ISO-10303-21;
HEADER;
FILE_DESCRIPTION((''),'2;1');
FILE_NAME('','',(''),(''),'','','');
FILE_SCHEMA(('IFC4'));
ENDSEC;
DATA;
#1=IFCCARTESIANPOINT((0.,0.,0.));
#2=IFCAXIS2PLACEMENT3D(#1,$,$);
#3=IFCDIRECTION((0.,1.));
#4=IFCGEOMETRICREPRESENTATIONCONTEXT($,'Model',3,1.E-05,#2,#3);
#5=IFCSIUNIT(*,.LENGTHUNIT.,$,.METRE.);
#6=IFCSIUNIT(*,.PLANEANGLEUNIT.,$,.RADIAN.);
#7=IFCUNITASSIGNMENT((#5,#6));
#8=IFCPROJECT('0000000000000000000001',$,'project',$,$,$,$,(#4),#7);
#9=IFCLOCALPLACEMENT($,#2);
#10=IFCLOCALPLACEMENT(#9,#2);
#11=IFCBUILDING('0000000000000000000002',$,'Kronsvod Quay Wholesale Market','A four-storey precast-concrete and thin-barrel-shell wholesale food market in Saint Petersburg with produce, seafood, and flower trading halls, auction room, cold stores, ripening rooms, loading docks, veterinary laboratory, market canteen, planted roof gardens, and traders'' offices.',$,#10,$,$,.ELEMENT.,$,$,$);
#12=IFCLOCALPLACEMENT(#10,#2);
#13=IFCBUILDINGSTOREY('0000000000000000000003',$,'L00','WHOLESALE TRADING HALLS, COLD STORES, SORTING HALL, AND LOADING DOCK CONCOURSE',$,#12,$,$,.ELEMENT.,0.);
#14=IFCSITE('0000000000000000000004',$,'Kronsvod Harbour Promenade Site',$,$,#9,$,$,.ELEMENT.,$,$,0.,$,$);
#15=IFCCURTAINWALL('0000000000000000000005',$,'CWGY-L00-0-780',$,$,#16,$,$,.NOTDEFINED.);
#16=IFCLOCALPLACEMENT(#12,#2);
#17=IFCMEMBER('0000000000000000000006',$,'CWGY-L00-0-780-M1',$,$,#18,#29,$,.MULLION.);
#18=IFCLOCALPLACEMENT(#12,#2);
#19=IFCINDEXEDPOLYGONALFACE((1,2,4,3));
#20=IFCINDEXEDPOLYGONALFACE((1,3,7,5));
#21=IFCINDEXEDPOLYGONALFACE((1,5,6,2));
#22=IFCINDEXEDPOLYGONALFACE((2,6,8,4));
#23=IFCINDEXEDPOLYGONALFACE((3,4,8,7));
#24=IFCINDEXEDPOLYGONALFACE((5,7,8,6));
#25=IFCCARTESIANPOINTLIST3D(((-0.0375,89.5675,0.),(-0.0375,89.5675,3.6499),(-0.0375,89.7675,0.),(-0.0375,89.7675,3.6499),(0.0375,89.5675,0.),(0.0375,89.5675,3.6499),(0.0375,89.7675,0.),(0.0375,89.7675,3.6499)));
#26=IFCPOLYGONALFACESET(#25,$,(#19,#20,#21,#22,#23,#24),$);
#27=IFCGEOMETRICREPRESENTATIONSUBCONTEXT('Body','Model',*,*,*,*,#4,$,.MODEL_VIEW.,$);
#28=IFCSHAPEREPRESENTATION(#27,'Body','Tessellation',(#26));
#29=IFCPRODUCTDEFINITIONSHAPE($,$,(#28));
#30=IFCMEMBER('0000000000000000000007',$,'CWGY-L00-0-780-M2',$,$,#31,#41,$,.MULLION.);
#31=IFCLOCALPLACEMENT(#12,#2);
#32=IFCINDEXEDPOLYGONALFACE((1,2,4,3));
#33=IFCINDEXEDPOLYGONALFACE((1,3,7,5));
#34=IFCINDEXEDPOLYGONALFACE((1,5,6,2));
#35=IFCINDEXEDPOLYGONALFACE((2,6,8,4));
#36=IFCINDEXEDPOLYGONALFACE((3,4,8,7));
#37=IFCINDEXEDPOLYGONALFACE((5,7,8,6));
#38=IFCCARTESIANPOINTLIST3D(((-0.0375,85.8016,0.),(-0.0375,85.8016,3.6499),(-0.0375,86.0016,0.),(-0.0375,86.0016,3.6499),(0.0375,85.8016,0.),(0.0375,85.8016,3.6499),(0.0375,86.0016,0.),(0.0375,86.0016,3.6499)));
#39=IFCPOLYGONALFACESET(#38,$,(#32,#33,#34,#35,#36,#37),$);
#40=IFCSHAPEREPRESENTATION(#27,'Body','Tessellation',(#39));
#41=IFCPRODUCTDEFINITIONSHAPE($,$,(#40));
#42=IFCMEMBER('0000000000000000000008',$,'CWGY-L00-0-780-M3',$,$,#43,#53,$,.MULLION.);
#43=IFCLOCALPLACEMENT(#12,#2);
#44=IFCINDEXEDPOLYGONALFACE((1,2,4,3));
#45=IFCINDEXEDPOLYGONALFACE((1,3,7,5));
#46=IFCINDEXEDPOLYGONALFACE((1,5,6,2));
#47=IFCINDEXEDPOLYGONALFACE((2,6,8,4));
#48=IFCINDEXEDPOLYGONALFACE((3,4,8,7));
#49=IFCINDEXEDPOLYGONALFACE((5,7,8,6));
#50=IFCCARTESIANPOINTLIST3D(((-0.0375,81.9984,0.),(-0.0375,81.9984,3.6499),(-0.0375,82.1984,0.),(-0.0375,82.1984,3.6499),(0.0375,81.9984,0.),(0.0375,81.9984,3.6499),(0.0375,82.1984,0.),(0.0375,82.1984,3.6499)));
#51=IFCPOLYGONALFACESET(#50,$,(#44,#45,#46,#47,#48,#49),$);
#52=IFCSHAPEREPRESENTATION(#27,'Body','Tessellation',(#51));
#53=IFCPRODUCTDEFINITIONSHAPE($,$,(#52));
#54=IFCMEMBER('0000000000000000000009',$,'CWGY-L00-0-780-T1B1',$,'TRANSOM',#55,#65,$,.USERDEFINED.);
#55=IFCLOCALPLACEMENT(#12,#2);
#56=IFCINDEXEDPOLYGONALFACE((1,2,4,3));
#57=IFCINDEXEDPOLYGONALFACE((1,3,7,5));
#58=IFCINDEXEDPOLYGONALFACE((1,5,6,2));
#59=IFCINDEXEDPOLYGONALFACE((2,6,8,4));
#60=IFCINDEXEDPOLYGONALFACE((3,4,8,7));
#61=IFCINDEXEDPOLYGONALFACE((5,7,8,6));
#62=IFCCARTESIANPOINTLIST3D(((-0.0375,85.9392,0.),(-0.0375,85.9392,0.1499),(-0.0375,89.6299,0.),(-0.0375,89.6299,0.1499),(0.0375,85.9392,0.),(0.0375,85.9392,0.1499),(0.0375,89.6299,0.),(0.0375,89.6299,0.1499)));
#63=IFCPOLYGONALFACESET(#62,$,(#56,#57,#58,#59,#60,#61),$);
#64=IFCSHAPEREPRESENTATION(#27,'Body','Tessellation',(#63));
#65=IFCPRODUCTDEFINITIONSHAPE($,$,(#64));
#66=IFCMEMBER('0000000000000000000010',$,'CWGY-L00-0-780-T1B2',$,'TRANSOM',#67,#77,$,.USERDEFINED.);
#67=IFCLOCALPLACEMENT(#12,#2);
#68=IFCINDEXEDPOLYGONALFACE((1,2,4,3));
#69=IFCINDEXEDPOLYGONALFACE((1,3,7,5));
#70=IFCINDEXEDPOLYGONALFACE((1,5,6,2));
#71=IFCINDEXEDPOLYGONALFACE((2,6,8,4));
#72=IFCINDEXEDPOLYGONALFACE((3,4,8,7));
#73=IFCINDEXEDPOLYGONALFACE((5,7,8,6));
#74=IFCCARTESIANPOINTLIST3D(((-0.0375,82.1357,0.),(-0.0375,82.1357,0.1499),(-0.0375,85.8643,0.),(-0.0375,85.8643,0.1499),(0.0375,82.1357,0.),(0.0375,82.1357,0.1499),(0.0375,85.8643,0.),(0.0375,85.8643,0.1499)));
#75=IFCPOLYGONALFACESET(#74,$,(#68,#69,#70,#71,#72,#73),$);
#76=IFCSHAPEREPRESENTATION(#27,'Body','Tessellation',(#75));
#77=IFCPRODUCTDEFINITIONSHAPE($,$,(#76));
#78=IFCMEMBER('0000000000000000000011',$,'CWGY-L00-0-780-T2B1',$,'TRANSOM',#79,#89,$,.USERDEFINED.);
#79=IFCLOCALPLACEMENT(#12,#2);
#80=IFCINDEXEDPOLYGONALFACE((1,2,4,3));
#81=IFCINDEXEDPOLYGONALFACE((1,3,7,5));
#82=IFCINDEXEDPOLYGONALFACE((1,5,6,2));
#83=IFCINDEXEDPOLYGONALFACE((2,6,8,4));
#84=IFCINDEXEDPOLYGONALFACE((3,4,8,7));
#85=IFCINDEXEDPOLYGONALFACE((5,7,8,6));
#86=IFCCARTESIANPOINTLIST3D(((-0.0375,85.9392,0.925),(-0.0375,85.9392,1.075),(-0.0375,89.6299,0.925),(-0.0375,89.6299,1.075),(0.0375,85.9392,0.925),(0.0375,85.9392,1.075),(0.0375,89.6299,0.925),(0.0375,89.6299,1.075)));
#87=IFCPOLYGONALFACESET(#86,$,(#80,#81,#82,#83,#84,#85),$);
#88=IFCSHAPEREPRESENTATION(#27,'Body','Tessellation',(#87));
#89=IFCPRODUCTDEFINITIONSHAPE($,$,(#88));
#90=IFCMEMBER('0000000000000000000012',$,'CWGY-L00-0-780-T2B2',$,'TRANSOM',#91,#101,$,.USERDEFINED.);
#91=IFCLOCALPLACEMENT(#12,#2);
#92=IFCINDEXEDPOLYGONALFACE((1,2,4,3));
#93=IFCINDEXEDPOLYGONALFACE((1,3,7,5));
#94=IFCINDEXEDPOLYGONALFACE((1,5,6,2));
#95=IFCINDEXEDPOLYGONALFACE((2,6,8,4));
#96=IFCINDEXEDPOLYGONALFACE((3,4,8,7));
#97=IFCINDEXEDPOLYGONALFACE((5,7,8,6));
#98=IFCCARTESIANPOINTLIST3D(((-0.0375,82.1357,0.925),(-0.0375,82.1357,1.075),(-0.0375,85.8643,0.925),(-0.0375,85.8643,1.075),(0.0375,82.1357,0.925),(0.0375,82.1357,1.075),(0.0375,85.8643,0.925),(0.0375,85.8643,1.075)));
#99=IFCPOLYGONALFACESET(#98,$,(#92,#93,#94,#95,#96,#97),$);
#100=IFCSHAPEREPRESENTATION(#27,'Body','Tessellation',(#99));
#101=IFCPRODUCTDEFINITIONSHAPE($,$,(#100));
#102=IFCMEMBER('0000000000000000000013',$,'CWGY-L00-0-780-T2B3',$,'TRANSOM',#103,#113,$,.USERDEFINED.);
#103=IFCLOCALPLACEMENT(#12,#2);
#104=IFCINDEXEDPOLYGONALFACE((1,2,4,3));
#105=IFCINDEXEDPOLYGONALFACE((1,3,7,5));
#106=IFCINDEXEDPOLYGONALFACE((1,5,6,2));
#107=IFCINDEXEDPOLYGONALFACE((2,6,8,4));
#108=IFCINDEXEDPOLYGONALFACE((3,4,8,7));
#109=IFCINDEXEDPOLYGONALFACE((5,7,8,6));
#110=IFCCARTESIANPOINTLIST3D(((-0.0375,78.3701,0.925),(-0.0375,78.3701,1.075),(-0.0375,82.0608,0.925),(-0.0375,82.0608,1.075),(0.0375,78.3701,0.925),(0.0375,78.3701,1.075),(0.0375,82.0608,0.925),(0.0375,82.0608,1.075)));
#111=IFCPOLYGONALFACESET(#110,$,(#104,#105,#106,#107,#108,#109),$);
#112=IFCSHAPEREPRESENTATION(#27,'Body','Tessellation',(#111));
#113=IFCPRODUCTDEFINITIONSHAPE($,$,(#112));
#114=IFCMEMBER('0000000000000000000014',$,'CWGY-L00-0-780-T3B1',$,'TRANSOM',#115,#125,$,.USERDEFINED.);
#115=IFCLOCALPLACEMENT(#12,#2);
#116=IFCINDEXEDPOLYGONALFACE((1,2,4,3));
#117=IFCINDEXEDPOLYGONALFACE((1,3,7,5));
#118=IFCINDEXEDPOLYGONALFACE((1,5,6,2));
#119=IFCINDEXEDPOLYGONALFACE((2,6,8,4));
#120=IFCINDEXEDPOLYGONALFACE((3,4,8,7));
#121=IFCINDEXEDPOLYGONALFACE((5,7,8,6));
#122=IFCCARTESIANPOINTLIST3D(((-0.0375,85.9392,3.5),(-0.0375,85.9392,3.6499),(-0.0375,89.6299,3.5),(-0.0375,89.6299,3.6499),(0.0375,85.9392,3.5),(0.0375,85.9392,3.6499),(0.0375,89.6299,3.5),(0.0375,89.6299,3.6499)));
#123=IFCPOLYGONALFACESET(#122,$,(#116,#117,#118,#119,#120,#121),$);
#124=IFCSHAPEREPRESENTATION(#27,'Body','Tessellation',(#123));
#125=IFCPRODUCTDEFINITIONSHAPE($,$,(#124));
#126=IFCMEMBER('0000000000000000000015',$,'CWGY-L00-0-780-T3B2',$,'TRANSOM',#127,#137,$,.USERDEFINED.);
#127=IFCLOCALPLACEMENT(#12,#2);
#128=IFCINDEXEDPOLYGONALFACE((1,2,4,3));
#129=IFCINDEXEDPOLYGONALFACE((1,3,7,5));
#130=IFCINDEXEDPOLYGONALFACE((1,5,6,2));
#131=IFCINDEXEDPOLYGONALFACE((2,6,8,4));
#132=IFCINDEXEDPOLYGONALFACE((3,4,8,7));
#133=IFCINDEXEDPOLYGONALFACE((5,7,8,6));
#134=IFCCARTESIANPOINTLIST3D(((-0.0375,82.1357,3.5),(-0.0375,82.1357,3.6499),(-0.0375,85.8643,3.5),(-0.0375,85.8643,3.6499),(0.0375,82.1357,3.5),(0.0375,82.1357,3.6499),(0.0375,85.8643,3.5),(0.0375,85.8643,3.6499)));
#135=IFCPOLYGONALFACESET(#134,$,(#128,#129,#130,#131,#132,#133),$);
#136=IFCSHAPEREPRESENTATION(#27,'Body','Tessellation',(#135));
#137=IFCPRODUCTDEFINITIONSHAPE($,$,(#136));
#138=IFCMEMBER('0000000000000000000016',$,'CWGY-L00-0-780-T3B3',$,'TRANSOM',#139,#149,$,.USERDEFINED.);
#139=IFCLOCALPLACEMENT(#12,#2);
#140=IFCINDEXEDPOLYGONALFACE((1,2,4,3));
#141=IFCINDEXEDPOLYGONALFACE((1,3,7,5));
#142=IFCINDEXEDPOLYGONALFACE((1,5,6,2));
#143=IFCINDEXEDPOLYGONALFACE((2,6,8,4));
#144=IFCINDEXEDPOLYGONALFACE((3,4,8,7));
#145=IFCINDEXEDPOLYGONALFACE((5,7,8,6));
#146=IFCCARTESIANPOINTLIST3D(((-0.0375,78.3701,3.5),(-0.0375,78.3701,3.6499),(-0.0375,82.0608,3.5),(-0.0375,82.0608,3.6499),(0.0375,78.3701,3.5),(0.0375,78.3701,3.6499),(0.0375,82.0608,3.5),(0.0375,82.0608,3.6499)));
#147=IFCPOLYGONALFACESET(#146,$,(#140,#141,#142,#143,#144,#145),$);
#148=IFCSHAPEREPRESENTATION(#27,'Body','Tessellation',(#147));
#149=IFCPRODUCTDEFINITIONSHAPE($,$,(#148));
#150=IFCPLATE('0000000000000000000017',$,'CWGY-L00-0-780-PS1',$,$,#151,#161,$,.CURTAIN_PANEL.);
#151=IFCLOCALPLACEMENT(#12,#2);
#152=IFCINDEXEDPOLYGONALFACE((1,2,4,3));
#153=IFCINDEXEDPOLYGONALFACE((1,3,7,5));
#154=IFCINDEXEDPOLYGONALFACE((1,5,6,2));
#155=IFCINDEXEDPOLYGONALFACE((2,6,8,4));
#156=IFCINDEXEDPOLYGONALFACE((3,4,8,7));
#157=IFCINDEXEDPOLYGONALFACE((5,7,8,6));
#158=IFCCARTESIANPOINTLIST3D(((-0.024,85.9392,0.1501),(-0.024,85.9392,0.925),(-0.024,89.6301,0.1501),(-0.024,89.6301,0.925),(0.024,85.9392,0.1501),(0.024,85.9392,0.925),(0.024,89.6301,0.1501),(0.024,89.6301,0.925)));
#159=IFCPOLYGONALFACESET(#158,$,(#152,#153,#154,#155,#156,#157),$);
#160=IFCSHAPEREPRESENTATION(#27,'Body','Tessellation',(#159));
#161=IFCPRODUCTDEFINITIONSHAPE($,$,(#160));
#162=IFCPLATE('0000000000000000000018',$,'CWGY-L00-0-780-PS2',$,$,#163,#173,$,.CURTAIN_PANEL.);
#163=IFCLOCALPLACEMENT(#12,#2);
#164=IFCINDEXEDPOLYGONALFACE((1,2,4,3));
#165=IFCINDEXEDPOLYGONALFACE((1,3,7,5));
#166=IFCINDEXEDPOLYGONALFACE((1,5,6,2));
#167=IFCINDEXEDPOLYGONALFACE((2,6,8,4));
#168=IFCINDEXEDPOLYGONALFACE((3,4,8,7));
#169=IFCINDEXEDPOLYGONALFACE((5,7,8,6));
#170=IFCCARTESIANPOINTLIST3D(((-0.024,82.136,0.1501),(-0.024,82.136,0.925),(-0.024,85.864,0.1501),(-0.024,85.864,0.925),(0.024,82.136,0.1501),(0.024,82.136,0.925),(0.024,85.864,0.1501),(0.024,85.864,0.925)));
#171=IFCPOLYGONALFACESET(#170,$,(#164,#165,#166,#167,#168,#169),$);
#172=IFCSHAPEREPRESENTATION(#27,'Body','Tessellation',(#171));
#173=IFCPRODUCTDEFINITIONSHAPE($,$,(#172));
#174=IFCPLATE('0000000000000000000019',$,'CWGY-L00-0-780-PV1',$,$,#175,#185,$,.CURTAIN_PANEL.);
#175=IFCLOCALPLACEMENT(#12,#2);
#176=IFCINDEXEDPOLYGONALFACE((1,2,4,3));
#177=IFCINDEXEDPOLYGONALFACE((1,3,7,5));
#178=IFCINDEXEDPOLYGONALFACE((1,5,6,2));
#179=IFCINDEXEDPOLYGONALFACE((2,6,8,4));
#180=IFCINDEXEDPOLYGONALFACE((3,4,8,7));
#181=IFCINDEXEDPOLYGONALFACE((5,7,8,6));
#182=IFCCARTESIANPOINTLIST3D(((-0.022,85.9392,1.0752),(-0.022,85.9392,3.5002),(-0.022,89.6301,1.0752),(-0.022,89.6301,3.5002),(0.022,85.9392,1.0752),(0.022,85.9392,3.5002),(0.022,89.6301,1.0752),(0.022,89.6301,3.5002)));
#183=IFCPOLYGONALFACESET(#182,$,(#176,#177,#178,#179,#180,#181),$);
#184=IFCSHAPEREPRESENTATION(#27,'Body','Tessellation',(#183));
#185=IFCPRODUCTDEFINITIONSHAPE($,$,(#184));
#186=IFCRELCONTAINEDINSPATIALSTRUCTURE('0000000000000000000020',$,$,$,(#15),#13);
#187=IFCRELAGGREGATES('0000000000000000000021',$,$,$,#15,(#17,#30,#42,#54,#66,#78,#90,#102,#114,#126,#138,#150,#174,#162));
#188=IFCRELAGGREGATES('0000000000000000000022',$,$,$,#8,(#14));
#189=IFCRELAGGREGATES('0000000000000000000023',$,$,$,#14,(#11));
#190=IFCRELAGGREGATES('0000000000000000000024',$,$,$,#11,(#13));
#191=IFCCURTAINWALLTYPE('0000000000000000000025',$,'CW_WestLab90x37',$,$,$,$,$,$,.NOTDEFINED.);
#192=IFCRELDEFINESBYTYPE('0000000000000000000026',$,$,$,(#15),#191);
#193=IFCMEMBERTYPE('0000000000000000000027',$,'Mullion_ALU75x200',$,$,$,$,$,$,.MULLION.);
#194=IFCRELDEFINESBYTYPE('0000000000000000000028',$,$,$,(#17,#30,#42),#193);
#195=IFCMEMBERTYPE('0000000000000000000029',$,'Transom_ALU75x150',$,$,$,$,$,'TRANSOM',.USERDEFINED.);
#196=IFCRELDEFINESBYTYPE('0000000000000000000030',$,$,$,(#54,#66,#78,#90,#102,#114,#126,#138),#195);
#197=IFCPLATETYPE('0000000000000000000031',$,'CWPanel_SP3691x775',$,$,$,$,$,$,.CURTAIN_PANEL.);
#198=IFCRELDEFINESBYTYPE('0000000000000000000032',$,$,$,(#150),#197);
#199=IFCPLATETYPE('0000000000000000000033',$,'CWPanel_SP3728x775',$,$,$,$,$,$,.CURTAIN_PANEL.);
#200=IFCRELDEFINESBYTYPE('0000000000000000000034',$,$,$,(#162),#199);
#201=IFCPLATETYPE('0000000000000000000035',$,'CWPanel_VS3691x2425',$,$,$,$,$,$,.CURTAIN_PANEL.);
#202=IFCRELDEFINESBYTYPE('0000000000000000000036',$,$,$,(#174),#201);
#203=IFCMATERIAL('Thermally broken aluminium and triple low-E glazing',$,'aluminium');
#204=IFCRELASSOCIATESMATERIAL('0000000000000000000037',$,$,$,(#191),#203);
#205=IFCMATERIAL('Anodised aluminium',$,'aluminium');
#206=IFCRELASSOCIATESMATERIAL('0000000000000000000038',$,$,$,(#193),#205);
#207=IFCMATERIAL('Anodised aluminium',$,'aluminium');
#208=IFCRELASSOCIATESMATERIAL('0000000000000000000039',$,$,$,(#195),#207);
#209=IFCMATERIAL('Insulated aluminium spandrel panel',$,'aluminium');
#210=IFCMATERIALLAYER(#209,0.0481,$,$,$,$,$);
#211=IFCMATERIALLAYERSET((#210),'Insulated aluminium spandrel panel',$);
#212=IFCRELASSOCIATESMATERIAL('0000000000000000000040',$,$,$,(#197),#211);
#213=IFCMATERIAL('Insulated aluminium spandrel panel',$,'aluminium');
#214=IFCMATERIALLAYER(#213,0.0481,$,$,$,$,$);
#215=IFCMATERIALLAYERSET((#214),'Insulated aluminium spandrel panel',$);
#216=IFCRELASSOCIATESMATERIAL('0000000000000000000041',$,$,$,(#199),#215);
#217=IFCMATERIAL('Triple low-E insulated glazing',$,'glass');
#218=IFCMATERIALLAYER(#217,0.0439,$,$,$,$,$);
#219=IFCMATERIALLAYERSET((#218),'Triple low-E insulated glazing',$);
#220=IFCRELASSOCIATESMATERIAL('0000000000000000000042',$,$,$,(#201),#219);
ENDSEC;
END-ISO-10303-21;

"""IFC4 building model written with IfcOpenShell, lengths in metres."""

from ifc_helpers import new_model, si_unit, direction, frame, origin, origin_2d, place, context, subcontext, project, spatial, rectangle, extrude, material, layer, layer_set, material_profile, profile_set, type_object, element, aggregate, save


model = new_model("IFC4")

# Units and contexts
model_context = context("Model", 3, precision=1e-05, world=origin(), true_north=direction((0.0, 1.0)))
body_context = subcontext(model_context, "Body", "Model", "MODEL_VIEW")
ifc_project = project(units=[si_unit("LENGTHUNIT", "METRE"), si_unit("PLANEANGLEUNIT", "RADIAN")], contexts=[model_context])

# Site, building, storey
site_placement = place(None, origin())
site = spatial("IfcSite", under=ifc_project, at=site_placement, Name="Kronsvod Harbour Promenade Site", CompositionType="ELEMENT", RefElevation=0.0)
building_placement = place(site_placement, origin())
building = spatial("IfcBuilding", under=site, at=building_placement, Name="Kronsvod Quay Wholesale Market", Description="A four-storey precast-concrete and thin-barrel-shell wholesale food market in Saint Petersburg with produce, seafood, and flower trading halls, auction room, cold stores, ripening rooms, loading docks, veterinary laboratory, market canteen, planted roof gardens, and traders' offices.", CompositionType="ELEMENT")
storey_placement = place(building_placement, origin())
storey = spatial("IfcBuildingStorey", under=building, at=storey_placement, Name="L00", Description="WHOLESALE TRADING HALLS, COLD STORES, SORTING HALL, AND LOADING DOCK CONCOURSE", CompositionType="ELEMENT", Elevation=0.0)

# Curtain wall, members, plates
ifc_material_1 = material(Name="Thermally broken aluminium and triple low-E glazing", Category="aluminium")
curtain_wall_type = type_object("IfcCurtainWallType", Name="CW_WestLab90x37", PredefinedType="NOTDEFINED", material=ifc_material_1)
curtain_wall_placement = place(storey_placement, origin())
curtain_wall = element("IfcCurtainWall", 1, at=curtain_wall_placement, inside=storey, type_object=curtain_wall_type, Name="CWGY-L00-0-780", PredefinedType="NOTDEFINED")
ifc_material_2 = material(Name="Anodised aluminium", Category="aluminium")
ifc_material_profile_1 = material_profile(ifc_material_2, rectangle(XDim=0.075, YDim=0.2, at=origin_2d()), Name="ALUM75x200")
ifc_profile_set_1 = profile_set([ifc_material_profile_1], Name="Anodised aluminium")
member_type_1 = type_object("IfcMemberType", Name="Mullion_ALU75x200", PredefinedType="MULLION", material=ifc_profile_set_1)
member_1_placement = place(storey_placement, frame((0.0, 89.6675, 0.0), z_axis=(0.0, 0.0, 1.0), x_axis=(1.0, 0.0, 0.0)))
member_1 = element("IfcMember", 2, at=member_1_placement, type_object=member_type_1, Name="CWGY-L00-0-780-M1", PredefinedType="MULLION", context=body_context, shape_type="SweptSolid", body=[
    extrude(rectangle(XDim=0.075, YDim=0.2, at=origin_2d()), origin(), (0.0, 0.0, 1.0), 3.6499),
])
member_2_placement = place(storey_placement, frame((0.0, 85.9016, 0.0), z_axis=(0.0, 0.0, 1.0), x_axis=(1.0, 0.0, 0.0)))
member_2 = element("IfcMember", 3, at=member_2_placement, type_object=member_type_1, Name="CWGY-L00-0-780-M2", PredefinedType="MULLION", context=body_context, shape_type="SweptSolid", body=[
    extrude(rectangle(XDim=0.075, YDim=0.2, at=origin_2d()), origin(), (0.0, 0.0, 1.0), 3.6499),
])
member_3_placement = place(storey_placement, frame((0.0, 82.0984, 0.0), z_axis=(0.0, 0.0, 1.0), x_axis=(1.0, 0.0, 0.0)))
member_3 = element("IfcMember", 4, at=member_3_placement, type_object=member_type_1, Name="CWGY-L00-0-780-M3", PredefinedType="MULLION", context=body_context, shape_type="SweptSolid", body=[
    extrude(rectangle(XDim=0.075, YDim=0.2, at=origin_2d()), origin(), (0.0, 0.0, 1.0), 3.6499),
])
ifc_material_3 = material(Name="Anodised aluminium", Category="aluminium")
ifc_material_profile_2 = material_profile(ifc_material_3, rectangle(XDim=0.075, YDim=0.1499, at=origin_2d()), Name="ALUT75x150")
ifc_profile_set_2 = profile_set([ifc_material_profile_2], Name="Anodised aluminium")
member_type_2 = type_object("IfcMemberType", Name="Transom_ALU75x150", ElementType="TRANSOM", PredefinedType="USERDEFINED", material=ifc_profile_set_2)
member_4_placement = place(storey_placement, frame((0.0, 89.6299, 0.075), z_axis=(0.0, -1.0, 0.0), x_axis=(1.0, 0.0, 0.0)))
member_4 = element("IfcMember", 5, at=member_4_placement, type_object=member_type_2, Name="CWGY-L00-0-780-T1B1", ObjectType="TRANSOM", PredefinedType="USERDEFINED", context=body_context, shape_type="SweptSolid", body=[
    extrude(rectangle(XDim=0.075, YDim=0.1499, at=origin_2d()), origin(), (0.0, 0.0, 1.0), 3.6907),
])
member_5_placement = place(storey_placement, frame((0.0, 85.8643, 0.075), z_axis=(0.0, -1.0, 0.0), x_axis=(1.0, 0.0, 0.0)))
member_5 = element("IfcMember", 6, at=member_5_placement, type_object=member_type_2, Name="CWGY-L00-0-780-T1B2", ObjectType="TRANSOM", PredefinedType="USERDEFINED", context=body_context, shape_type="SweptSolid", body=[
    extrude(rectangle(XDim=0.075, YDim=0.1499, at=origin_2d()), origin(), (0.0, 0.0, 1.0), 3.7285),
])
member_6_placement = place(storey_placement, frame((0.0, 89.6299, 1.0), z_axis=(0.0, -1.0, 0.0), x_axis=(1.0, 0.0, 0.0)))
member_6 = element("IfcMember", 7, at=member_6_placement, type_object=member_type_2, Name="CWGY-L00-0-780-T2B1", ObjectType="TRANSOM", PredefinedType="USERDEFINED", context=body_context, shape_type="SweptSolid", body=[
    extrude(rectangle(XDim=0.075, YDim=0.1499, at=origin_2d()), origin(), (0.0, 0.0, 1.0), 3.6907),
])
member_7_placement = place(storey_placement, frame((0.0, 85.8643, 1.0), z_axis=(0.0, -1.0, 0.0), x_axis=(1.0, 0.0, 0.0)))
member_7 = element("IfcMember", 8, at=member_7_placement, type_object=member_type_2, Name="CWGY-L00-0-780-T2B2", ObjectType="TRANSOM", PredefinedType="USERDEFINED", context=body_context, shape_type="SweptSolid", body=[
    extrude(rectangle(XDim=0.075, YDim=0.1499, at=origin_2d()), origin(), (0.0, 0.0, 1.0), 3.7285),
])
member_8_placement = place(storey_placement, frame((0.0, 82.0608, 1.0), z_axis=(0.0, -1.0, 0.0), x_axis=(1.0, 0.0, 0.0)))
member_8 = element("IfcMember", 9, at=member_8_placement, type_object=member_type_2, Name="CWGY-L00-0-780-T2B3", ObjectType="TRANSOM", PredefinedType="USERDEFINED", context=body_context, shape_type="SweptSolid", body=[
    extrude(rectangle(XDim=0.075, YDim=0.1499, at=origin_2d()), origin(), (0.0, 0.0, 1.0), 3.6907),
])
member_9_placement = place(storey_placement, frame((0.0, 89.6299, 3.575), z_axis=(0.0, -1.0, 0.0), x_axis=(1.0, 0.0, 0.0)))
member_9 = element("IfcMember", 10, at=member_9_placement, type_object=member_type_2, Name="CWGY-L00-0-780-T3B1", ObjectType="TRANSOM", PredefinedType="USERDEFINED", context=body_context, shape_type="SweptSolid", body=[
    extrude(rectangle(XDim=0.075, YDim=0.1499, at=origin_2d()), origin(), (0.0, 0.0, 1.0), 3.6907),
])
member_10_placement = place(storey_placement, frame((0.0, 85.8643, 3.575), z_axis=(0.0, -1.0, 0.0), x_axis=(1.0, 0.0, 0.0)))
member_10 = element("IfcMember", 11, at=member_10_placement, type_object=member_type_2, Name="CWGY-L00-0-780-T3B2", ObjectType="TRANSOM", PredefinedType="USERDEFINED", context=body_context, shape_type="SweptSolid", body=[
    extrude(rectangle(XDim=0.075, YDim=0.1499, at=origin_2d()), origin(), (0.0, 0.0, 1.0), 3.7285),
])
member_11_placement = place(storey_placement, frame((0.0, 82.0608, 3.575), z_axis=(0.0, -1.0, 0.0), x_axis=(1.0, 0.0, 0.0)))
member_11 = element("IfcMember", 12, at=member_11_placement, type_object=member_type_2, Name="CWGY-L00-0-780-T3B3", ObjectType="TRANSOM", PredefinedType="USERDEFINED", context=body_context, shape_type="SweptSolid", body=[
    extrude(rectangle(XDim=0.075, YDim=0.1499, at=origin_2d()), origin(), (0.0, 0.0, 1.0), 3.6907),
])
ifc_material_4 = material(Name="Insulated aluminium spandrel panel", Category="aluminium")
ifc_layer_1 = layer(ifc_material_4, 0.0481)
ifc_layer_set_1 = layer_set([ifc_layer_1], Name="Insulated aluminium spandrel panel")
plate_type_1 = type_object("IfcPlateType", Name="CWPanel_SP3691x775", PredefinedType="CURTAIN_PANEL", material=ifc_layer_set_1)
plate_1_placement = place(storey_placement, frame((0.0, 87.7847, 0.1501), z_axis=(0.0, 0.0, 1.0), x_axis=(0.0, -1.0, 0.0)))
plate_1 = element("IfcPlate", 13, at=plate_1_placement, type_object=plate_type_1, Name="CWGY-L00-0-780-PS1", PredefinedType="CURTAIN_PANEL", context=body_context, shape_type="SweptSolid", body=[
    extrude(rectangle(XDim=3.6909, YDim=0.0481, at=origin_2d()), origin(), (0.0, 0.0, 1.0), 0.7749),
])
ifc_material_5 = material(Name="Insulated aluminium spandrel panel", Category="aluminium")
ifc_layer_2 = layer(ifc_material_5, 0.0481)
ifc_layer_set_2 = layer_set([ifc_layer_2], Name="Insulated aluminium spandrel panel")
plate_type_2 = type_object("IfcPlateType", Name="CWPanel_SP3728x775", PredefinedType="CURTAIN_PANEL", material=ifc_layer_set_2)
plate_2_placement = place(storey_placement, frame((0.0, 84.0, 0.1501), z_axis=(0.0, 0.0, 1.0), x_axis=(0.0, -1.0, 0.0)))
plate_2 = element("IfcPlate", 14, at=plate_2_placement, type_object=plate_type_2, Name="CWGY-L00-0-780-PS2", PredefinedType="CURTAIN_PANEL", context=body_context, shape_type="SweptSolid", body=[
    extrude(rectangle(XDim=3.728, YDim=0.0481, at=origin_2d()), origin(), (0.0, 0.0, 1.0), 0.7749),
])
ifc_material_6 = material(Name="Triple low-E insulated glazing", Category="glass")
ifc_layer_3 = layer(ifc_material_6, 0.0439)
ifc_layer_set_3 = layer_set([ifc_layer_3], Name="Triple low-E insulated glazing")
plate_type_3 = type_object("IfcPlateType", Name="CWPanel_VS3691x2425", PredefinedType="CURTAIN_PANEL", material=ifc_layer_set_3)
plate_3_placement = place(storey_placement, frame((0.0, 87.7847, 1.0752), z_axis=(0.0, 0.0, 1.0), x_axis=(0.0, -1.0, 0.0)))
plate_3 = element("IfcPlate", 15, at=plate_3_placement, type_object=plate_type_3, Name="CWGY-L00-0-780-PV1", PredefinedType="CURTAIN_PANEL", context=body_context, shape_type="SweptSolid", body=[
    extrude(rectangle(XDim=3.6909, YDim=0.0439, at=origin_2d()), origin(), (0.0, 0.0, 1.0), 2.425),
])
aggregate(curtain_wall, [member_1, member_2, member_3, member_4, member_5, member_6, member_7, member_8, member_9, member_10, member_11, plate_1, plate_3, plate_2])

save(model, "model.ifc")
